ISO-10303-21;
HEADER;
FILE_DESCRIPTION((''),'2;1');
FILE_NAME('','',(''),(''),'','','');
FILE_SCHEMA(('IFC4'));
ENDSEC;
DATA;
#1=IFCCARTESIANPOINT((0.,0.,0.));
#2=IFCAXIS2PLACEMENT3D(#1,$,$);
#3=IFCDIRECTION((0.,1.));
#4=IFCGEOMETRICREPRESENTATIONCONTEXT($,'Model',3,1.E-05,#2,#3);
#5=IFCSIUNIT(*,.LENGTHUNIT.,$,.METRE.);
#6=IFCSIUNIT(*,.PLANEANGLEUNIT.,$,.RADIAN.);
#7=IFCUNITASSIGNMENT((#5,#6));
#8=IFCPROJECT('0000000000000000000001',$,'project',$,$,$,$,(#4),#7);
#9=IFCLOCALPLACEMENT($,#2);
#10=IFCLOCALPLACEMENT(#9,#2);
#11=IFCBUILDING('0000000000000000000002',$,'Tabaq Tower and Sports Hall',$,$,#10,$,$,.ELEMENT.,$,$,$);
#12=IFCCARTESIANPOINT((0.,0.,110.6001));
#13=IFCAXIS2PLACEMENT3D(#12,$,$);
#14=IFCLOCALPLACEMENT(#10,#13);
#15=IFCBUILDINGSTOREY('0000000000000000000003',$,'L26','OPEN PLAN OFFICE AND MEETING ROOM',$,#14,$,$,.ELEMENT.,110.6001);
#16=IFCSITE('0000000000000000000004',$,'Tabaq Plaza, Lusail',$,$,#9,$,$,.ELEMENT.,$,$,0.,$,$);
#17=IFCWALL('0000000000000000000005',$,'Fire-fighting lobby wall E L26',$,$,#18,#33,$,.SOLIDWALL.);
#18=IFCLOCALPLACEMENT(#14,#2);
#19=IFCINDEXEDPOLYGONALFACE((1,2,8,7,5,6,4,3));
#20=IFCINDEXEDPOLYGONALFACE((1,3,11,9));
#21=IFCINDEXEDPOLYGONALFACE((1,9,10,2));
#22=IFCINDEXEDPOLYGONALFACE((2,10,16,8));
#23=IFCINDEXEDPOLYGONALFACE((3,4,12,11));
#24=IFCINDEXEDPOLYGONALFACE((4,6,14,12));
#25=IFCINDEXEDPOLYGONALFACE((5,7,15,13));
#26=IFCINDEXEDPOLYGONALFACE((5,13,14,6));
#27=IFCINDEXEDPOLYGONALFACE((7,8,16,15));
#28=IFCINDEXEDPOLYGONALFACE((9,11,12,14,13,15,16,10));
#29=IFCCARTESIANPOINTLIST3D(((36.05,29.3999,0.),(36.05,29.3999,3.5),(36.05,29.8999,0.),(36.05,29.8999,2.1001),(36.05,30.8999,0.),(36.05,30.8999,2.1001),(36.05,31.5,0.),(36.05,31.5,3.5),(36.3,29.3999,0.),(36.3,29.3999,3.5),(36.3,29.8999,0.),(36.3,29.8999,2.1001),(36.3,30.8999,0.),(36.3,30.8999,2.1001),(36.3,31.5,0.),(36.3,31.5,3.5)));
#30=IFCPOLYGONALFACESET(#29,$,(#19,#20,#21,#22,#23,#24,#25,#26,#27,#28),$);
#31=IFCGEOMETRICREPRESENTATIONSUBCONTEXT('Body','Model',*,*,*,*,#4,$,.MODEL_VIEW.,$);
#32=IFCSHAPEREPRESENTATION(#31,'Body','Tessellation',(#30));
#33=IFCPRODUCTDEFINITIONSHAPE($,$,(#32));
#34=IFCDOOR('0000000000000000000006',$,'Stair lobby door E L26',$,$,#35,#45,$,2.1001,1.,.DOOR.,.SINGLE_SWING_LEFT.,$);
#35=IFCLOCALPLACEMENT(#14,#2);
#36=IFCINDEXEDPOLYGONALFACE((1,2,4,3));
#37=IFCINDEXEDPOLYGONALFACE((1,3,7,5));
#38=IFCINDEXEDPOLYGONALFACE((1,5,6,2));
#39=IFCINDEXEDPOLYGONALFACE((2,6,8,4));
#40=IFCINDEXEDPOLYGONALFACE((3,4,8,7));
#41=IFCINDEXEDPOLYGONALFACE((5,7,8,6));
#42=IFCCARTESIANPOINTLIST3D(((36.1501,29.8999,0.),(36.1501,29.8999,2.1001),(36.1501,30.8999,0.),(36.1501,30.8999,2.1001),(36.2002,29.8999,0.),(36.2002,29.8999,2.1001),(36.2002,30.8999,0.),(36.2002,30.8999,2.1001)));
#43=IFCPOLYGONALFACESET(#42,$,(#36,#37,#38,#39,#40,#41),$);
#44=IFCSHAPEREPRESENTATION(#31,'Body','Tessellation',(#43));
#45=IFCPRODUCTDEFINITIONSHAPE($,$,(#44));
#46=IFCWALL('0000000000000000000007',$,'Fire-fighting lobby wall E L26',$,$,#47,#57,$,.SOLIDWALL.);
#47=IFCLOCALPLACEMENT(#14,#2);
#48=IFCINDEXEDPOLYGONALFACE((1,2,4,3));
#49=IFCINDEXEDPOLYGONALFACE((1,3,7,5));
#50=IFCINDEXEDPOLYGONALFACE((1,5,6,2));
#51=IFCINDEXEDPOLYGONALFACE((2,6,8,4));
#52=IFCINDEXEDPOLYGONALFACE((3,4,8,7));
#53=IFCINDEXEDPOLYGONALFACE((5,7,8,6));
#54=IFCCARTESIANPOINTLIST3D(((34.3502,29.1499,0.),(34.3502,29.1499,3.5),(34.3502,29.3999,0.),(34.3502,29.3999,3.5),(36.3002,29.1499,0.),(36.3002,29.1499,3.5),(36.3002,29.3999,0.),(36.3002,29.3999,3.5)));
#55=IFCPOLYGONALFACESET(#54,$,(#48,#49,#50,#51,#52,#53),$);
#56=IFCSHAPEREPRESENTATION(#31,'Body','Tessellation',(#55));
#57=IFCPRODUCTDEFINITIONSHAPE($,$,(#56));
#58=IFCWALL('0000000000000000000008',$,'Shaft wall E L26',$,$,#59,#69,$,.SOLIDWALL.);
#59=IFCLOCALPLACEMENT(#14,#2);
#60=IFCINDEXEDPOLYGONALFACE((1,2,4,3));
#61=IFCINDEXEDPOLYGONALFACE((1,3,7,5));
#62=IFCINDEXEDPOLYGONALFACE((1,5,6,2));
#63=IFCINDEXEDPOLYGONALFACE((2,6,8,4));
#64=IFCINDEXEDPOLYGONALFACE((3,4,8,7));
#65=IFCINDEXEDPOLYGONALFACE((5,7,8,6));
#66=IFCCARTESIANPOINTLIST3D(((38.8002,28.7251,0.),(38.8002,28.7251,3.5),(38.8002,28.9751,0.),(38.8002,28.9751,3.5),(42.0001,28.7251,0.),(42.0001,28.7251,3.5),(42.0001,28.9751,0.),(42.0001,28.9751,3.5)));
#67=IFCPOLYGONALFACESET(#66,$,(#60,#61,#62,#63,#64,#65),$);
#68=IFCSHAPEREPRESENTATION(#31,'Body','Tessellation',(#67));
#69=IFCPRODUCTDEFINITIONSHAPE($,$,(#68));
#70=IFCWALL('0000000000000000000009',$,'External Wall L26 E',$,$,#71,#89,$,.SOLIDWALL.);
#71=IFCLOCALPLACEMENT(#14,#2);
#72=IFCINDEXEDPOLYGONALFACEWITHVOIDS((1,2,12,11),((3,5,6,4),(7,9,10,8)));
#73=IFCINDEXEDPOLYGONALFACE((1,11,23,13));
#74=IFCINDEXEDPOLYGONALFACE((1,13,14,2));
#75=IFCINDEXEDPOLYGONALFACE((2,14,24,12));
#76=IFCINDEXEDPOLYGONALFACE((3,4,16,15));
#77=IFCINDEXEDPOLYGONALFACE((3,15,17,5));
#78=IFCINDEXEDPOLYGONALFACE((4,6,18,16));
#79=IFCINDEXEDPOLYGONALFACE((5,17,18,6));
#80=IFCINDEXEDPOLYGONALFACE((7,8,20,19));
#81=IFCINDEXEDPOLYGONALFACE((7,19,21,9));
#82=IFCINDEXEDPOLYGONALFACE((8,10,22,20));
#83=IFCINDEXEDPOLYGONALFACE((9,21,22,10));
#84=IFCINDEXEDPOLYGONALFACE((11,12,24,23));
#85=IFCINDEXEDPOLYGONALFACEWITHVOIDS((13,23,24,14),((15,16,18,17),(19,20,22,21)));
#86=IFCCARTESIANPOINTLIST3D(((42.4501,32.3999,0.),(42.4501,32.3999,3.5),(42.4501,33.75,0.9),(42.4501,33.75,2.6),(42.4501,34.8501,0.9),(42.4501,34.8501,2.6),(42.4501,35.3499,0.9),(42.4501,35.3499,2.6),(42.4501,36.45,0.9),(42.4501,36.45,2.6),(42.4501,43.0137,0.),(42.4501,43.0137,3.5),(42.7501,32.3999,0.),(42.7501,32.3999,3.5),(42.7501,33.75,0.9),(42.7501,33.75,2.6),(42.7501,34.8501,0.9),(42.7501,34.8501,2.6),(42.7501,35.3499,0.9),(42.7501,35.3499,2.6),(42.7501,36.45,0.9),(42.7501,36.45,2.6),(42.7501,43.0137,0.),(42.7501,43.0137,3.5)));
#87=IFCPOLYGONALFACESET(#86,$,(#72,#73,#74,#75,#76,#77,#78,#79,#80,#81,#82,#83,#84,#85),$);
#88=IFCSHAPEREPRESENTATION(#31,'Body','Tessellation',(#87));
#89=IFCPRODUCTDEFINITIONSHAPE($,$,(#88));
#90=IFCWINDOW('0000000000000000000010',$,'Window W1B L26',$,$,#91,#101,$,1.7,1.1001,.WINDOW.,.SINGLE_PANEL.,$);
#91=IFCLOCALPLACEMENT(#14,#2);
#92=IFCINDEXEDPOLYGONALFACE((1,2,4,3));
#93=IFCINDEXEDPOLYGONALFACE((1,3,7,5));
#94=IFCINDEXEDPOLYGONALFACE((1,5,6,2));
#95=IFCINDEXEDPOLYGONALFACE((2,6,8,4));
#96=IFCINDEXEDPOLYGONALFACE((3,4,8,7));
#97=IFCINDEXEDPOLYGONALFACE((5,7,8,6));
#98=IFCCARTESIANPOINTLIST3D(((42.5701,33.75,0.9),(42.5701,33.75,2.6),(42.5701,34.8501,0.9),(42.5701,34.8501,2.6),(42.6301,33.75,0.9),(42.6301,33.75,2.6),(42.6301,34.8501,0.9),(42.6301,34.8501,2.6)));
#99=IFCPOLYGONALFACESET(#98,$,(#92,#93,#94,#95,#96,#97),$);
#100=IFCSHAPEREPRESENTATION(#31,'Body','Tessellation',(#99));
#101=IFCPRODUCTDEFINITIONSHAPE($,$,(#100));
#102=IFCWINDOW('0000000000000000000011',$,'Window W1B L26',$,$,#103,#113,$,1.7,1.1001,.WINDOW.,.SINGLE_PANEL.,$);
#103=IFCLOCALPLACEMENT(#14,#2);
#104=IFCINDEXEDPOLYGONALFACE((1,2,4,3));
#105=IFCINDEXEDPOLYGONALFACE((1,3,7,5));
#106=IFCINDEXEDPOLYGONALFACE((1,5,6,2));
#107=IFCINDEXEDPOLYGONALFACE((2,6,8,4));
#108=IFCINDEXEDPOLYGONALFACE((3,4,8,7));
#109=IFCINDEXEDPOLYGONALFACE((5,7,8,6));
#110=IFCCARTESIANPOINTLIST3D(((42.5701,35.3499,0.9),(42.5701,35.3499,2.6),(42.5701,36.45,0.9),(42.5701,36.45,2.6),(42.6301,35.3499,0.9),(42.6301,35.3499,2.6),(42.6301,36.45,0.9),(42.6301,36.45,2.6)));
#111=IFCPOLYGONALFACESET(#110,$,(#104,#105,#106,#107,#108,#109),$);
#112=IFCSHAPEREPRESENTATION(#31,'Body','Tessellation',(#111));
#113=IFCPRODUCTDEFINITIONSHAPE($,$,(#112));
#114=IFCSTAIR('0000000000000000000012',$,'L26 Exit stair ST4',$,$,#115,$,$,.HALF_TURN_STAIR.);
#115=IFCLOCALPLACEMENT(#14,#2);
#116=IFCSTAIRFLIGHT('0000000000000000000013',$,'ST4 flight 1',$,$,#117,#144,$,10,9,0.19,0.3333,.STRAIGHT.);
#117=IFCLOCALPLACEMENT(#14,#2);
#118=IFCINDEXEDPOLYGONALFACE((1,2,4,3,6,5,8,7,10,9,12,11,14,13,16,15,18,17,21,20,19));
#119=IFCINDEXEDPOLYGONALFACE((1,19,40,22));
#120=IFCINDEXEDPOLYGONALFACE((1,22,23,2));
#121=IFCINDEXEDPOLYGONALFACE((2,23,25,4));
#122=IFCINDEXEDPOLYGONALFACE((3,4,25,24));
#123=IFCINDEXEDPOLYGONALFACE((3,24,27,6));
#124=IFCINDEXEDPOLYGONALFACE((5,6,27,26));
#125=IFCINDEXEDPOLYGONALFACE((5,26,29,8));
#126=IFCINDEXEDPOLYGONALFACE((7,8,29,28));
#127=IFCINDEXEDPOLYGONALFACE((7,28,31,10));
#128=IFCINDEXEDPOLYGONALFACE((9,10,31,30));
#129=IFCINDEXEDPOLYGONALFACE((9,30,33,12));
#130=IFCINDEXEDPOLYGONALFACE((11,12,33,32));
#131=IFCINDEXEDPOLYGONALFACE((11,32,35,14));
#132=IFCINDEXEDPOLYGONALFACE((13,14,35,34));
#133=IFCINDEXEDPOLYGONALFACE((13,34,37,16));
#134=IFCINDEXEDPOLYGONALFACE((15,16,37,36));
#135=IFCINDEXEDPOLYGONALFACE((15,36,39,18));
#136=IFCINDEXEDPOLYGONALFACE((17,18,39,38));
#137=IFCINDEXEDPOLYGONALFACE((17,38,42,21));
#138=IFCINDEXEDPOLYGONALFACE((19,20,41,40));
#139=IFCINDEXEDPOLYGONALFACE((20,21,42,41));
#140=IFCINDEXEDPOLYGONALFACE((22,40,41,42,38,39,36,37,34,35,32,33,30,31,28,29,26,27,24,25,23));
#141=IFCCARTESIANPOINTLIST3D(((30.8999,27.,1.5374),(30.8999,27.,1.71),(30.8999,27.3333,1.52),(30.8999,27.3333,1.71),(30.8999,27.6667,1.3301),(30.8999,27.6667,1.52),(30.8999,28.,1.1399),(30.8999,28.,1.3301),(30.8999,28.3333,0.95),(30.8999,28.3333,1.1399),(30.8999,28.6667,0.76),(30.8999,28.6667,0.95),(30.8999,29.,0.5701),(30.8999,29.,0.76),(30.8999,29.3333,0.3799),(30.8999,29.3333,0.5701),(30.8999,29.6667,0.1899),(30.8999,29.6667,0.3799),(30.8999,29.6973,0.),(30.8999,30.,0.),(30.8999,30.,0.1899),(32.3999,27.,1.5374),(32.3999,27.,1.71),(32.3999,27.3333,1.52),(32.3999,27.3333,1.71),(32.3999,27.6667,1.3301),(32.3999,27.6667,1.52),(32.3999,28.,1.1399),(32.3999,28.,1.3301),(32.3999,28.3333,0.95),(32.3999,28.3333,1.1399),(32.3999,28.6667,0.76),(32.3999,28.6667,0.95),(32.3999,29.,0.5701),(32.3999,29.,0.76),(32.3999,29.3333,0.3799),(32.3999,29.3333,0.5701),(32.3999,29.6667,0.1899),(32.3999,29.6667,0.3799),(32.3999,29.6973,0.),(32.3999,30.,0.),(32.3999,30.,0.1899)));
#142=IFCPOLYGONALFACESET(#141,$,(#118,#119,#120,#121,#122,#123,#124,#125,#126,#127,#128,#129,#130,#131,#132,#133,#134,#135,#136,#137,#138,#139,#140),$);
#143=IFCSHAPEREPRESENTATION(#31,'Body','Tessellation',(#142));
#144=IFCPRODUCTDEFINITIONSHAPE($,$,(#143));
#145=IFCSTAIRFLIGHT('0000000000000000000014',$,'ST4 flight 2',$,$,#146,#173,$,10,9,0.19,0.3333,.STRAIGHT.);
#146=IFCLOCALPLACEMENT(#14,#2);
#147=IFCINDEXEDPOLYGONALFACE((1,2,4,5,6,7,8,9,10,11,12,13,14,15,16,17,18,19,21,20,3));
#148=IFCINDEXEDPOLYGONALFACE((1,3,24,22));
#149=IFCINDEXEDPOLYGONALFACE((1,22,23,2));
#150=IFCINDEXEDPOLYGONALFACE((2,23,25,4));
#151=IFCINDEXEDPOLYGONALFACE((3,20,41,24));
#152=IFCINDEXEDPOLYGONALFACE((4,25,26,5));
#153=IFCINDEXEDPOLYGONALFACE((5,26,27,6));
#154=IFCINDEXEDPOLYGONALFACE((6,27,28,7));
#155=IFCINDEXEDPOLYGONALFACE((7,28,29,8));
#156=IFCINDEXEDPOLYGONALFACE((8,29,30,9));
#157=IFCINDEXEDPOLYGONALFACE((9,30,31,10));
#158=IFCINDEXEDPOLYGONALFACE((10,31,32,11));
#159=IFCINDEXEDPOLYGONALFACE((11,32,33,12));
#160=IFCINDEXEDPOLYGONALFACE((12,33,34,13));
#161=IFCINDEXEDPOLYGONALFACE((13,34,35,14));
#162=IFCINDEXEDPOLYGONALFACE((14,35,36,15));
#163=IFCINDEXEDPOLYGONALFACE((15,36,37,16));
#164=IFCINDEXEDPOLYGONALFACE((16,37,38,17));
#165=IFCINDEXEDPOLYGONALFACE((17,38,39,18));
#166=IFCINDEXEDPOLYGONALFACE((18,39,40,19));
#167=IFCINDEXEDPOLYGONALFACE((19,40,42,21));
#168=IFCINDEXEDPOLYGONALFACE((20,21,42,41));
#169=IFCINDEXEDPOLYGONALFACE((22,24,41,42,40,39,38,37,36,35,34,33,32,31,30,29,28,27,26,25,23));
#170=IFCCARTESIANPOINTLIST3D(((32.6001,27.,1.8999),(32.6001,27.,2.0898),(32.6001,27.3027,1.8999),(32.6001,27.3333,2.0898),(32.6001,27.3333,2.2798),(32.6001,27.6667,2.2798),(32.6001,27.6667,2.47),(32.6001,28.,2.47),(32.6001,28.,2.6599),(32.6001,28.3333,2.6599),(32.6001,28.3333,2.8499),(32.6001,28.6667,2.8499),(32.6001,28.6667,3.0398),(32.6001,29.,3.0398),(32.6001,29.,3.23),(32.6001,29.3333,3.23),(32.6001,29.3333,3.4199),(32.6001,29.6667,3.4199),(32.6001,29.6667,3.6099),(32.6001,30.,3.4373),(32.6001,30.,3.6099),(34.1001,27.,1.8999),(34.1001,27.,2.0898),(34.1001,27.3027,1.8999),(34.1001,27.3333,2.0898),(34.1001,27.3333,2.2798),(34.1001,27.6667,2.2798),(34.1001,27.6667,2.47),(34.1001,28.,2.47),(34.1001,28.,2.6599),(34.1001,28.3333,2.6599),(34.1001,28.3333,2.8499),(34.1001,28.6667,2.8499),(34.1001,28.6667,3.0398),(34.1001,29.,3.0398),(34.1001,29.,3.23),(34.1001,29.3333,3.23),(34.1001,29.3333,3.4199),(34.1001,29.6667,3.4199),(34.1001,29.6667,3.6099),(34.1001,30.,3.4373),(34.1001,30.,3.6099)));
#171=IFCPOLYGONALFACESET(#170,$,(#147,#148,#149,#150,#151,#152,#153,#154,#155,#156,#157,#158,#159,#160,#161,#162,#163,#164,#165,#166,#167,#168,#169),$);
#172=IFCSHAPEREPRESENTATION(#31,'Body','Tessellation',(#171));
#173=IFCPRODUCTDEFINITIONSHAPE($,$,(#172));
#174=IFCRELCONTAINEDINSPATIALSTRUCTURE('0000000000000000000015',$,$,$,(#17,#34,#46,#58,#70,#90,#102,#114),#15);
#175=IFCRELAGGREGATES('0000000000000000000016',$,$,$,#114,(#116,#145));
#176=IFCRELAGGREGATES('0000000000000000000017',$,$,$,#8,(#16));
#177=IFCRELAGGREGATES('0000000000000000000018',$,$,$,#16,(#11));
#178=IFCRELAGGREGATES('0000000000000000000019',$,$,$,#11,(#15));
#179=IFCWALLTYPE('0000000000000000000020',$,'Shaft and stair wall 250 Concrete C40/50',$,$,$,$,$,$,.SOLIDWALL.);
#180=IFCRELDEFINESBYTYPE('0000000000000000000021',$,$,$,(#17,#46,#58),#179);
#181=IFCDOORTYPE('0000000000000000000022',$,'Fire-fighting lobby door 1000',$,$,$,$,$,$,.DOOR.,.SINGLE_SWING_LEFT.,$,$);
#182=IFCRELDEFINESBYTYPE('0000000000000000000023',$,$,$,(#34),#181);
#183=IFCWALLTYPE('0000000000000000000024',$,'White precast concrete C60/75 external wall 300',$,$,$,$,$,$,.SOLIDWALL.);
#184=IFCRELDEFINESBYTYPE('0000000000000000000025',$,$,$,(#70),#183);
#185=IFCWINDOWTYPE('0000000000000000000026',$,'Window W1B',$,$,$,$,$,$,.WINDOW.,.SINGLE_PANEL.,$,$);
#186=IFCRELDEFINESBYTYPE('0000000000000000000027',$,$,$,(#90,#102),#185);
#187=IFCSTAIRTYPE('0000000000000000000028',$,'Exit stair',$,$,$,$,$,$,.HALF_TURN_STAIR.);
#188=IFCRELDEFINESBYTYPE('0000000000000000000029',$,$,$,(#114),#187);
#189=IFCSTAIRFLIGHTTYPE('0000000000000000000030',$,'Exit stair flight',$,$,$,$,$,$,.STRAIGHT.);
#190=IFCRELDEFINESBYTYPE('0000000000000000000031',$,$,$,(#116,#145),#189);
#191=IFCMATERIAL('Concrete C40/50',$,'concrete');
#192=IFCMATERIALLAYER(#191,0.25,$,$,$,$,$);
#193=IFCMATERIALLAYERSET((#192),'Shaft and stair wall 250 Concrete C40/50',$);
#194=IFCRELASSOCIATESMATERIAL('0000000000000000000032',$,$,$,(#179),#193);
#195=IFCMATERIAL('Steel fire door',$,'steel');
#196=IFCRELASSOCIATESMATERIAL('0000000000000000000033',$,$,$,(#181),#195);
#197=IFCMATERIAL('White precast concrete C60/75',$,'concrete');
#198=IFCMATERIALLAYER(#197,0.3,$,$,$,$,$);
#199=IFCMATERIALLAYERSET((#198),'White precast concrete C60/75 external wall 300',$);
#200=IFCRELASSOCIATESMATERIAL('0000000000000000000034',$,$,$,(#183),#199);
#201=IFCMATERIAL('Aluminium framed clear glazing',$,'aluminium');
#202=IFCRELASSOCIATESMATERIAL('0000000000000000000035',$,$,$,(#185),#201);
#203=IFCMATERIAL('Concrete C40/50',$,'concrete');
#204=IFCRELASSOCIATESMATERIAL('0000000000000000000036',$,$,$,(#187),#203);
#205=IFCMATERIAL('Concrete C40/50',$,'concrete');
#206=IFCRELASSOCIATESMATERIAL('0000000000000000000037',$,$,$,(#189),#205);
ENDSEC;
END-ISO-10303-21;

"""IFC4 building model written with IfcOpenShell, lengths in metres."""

from ifc_helpers import new_model, si_unit, direction, frame, frame_2d, origin, place, context, subcontext, project, spatial, polyline, rectangle, outline, extrude, material, layer, layer_set, type_object, element, fill, aggregate, save


model = new_model("IFC4")

# Units and contexts
model_context = context("Model", 3, precision=1e-05, world=origin(), true_north=direction((0.0, 1.0)))
body_context = subcontext(model_context, "Body", "Model", "MODEL_VIEW")
ifc_project = project(units=[si_unit("LENGTHUNIT", "METRE"), si_unit("PLANEANGLEUNIT", "RADIAN")], contexts=[model_context])

# Site, building, storey
site_placement = place(None, origin())
site = spatial("IfcSite", under=ifc_project, at=site_placement, Name="Tabaq Plaza, Lusail", CompositionType="ELEMENT", RefElevation=0.0)
building_placement = place(site_placement, origin())
building = spatial("IfcBuilding", under=site, at=building_placement, Name="Tabaq Tower and Sports Hall", CompositionType="ELEMENT")
storey_placement = place(building_placement, frame((0.0, 0.0, 110.6001)))
storey = spatial("IfcBuildingStorey", under=building, at=storey_placement, Name="L26", Description="OPEN PLAN OFFICE AND MEETING ROOM", CompositionType="ELEMENT", Elevation=110.6001)

# Shared definitions
ifc_material_1 = material(Name="Concrete C40/50", Category="concrete")
ifc_layer_1 = layer(ifc_material_1, 0.25)
ifc_layer_set_1 = layer_set([ifc_layer_1], Name="Shaft and stair wall 250 Concrete C40/50")
wall_type_1 = type_object("IfcWallType", Name="Shaft and stair wall 250 Concrete C40/50", PredefinedType="SOLIDWALL", material=ifc_layer_set_1)

# Wall, opening, door
wall_1_placement = place(storey_placement, frame((36.175, 29.3999, 0.0), z_axis=(0.0, 0.0, 1.0), x_axis=(0.0, 1.0, 0.0)))
wall_1 = element("IfcWall", 1, at=wall_1_placement, inside=storey, type_object=wall_type_1, Name="Fire-fighting lobby wall E L26", PredefinedType="SOLIDWALL", context=body_context, shape_type="SweptSolid", body=[
    extrude(rectangle(XDim=2.1001, YDim=0.25, at=frame_2d((1.05, 0.0))), origin(), (0.0, 0.0, 1.0), 3.5),
])
opening_1_placement = place(wall_1_placement, frame((0.5, 0.0, 0.0)))
opening_1 = element("IfcOpeningElement", 2, at=opening_1_placement, cuts=wall_1, PredefinedType="OPENING", context=body_context, shape_type="SweptSolid", body=[
    extrude(rectangle(XDim=1.0, YDim=2.1001, at=frame_2d((0.5, 1.05))), frame((0.0, 0.125, 0.0), z_axis=(0.0, -1.0, 0.0), x_axis=(1.0, 0.0, 0.0)), (0.0, 0.0, 1.0), 0.25),
])
ifc_material_2 = material(Name="Steel fire door", Category="steel")
door_type_1 = type_object("IfcDoorType", Name="Fire-fighting lobby door 1000", OperationType="SINGLE_SWING_LEFT", PredefinedType="DOOR", material=ifc_material_2)
door_1_placement = place(opening_1_placement, origin())
door_1 = element("IfcDoor", 3, at=door_1_placement, inside=storey, type_object=door_type_1, Name="Stair lobby door E L26", OperationType="SINGLE_SWING_LEFT", OverallHeight=2.1001, OverallWidth=1.0, PredefinedType="DOOR", context=body_context, shape_type="SweptSolid", body=[
    extrude(rectangle(XDim=1.0, YDim=2.1001, at=frame_2d((0.5, 1.05))), frame((0.0, 0.0249, 0.0), z_axis=(0.0, -1.0, 0.0), x_axis=(1.0, 0.0, 0.0)), (0.0, 0.0, 1.0), 0.05),
])
fill(opening_1, door_1)

# Walls
wall_2_placement = place(storey_placement, frame((34.3501, 29.2749, 0.0), z_axis=(0.0, 0.0, 1.0), x_axis=(1.0, 0.0, 0.0)))
element("IfcWall", 4, at=wall_2_placement, inside=storey, type_object=wall_type_1, Name="Fire-fighting lobby wall E L26", PredefinedType="SOLIDWALL", context=body_context, shape_type="SweptSolid", body=[
    extrude(rectangle(XDim=1.95, YDim=0.25, at=frame_2d((0.9751, 0.0))), origin(), (0.0, 0.0, 1.0), 3.5),
])
wall_3_placement = place(storey_placement, frame((38.8, 28.8501, 0.0), z_axis=(0.0, 0.0, 1.0), x_axis=(1.0, 0.0, 0.0)))
element("IfcWall", 5, at=wall_3_placement, inside=storey, type_object=wall_type_1, Name="Shaft wall E L26", PredefinedType="SOLIDWALL", context=body_context, shape_type="SweptSolid", body=[
    extrude(rectangle(XDim=3.2, YDim=0.25, at=frame_2d((1.6001, 0.0))), origin(), (0.0, 0.0, 1.0), 3.5),
])

# Wall, openings, windows
ifc_material_3 = material(Name="White precast concrete C60/75", Category="concrete")
ifc_layer_2 = layer(ifc_material_3, 0.3)
ifc_layer_set_2 = layer_set([ifc_layer_2], Name="White precast concrete C60/75 external wall 300")
wall_type_2 = type_object("IfcWallType", Name="White precast concrete C60/75 external wall 300", PredefinedType="SOLIDWALL", material=ifc_layer_set_2)
wall_4_placement = place(storey_placement, frame((42.6001, 32.3999, 0.0), z_axis=(0.0, 0.0, 1.0), x_axis=(0.0, 1.0, 0.0)))
wall_4 = element("IfcWall", 6, at=wall_4_placement, inside=storey, type_object=wall_type_2, Name="External Wall L26 E", PredefinedType="SOLIDWALL", context=body_context, shape_type="SweptSolid", body=[
    extrude(rectangle(XDim=10.6138, YDim=0.3, at=frame_2d((5.3069, 0.0))), origin(), (0.0, 0.0, 1.0), 3.5),
])
opening_2_placement = place(wall_4_placement, frame((1.3501, 0.0, 0.8999)))
opening_2 = element("IfcOpeningElement", 7, at=opening_2_placement, cuts=wall_4, PredefinedType="OPENING", context=body_context, shape_type="SweptSolid", body=[
    extrude(rectangle(XDim=1.1001, YDim=1.7, at=frame_2d((0.55, 0.8501))), frame((0.0, 0.1602, 0.0), z_axis=(0.0, -1.0, 0.0), x_axis=(1.0, 0.0, 0.0)), (0.0, 0.0, 1.0), 0.3201),
])
opening_3_placement = place(wall_4_placement, frame((2.95, 0.0, 0.8999)))
opening_3 = element("IfcOpeningElement", 8, at=opening_3_placement, cuts=wall_4, PredefinedType="OPENING", context=body_context, shape_type="SweptSolid", body=[
    extrude(rectangle(XDim=1.1001, YDim=1.7, at=frame_2d((0.55, 0.8501))), frame((0.0, 0.1602, 0.0), z_axis=(0.0, -1.0, 0.0), x_axis=(1.0, 0.0, 0.0)), (0.0, 0.0, 1.0), 0.3201),
])
ifc_material_4 = material(Name="Aluminium framed clear glazing", Category="aluminium")
window_type = type_object("IfcWindowType", Name="Window W1B", PartitioningType="SINGLE_PANEL", PredefinedType="WINDOW", material=ifc_material_4)
window_1_placement = place(opening_2_placement, origin())
window_1 = element("IfcWindow", 9, at=window_1_placement, inside=storey, type_object=window_type, Name="Window W1B L26", OverallHeight=1.7, OverallWidth=1.1001, PartitioningType="SINGLE_PANEL", PredefinedType="WINDOW", context=body_context, shape_type="SweptSolid", body=[
    extrude(rectangle(XDim=1.1001, YDim=1.7, at=frame_2d((0.55, 0.8501))), frame((0.0, 0.03, 0.0), z_axis=(0.0, -1.0, 0.0), x_axis=(1.0, 0.0, 0.0)), (0.0, 0.0, 1.0), 0.0601),
])
fill(opening_2, window_1)
window_2_placement = place(opening_3_placement, origin())
window_2 = element("IfcWindow", 10, at=window_2_placement, inside=storey, type_object=window_type, Name="Window W1B L26", OverallHeight=1.7, OverallWidth=1.1001, PartitioningType="SINGLE_PANEL", PredefinedType="WINDOW", context=body_context, shape_type="SweptSolid", body=[
    extrude(rectangle(XDim=1.1001, YDim=1.7, at=frame_2d((0.55, 0.8501))), frame((0.0, 0.03, 0.0), z_axis=(0.0, -1.0, 0.0), x_axis=(1.0, 0.0, 0.0)), (0.0, 0.0, 1.0), 0.0601),
])
fill(opening_3, window_2)

# Stair, stair flights
ifc_material_5 = material(Name="Concrete C40/50", Category="concrete")
stair_type = type_object("IfcStairType", Name="Exit stair", PredefinedType="HALF_TURN_STAIR", material=ifc_material_5)
stair_placement = place(storey_placement, origin())
stair = element("IfcStair", 11, at=stair_placement, inside=storey, type_object=stair_type, Name="L26 Exit stair ST4", PredefinedType="HALF_TURN_STAIR")
ifc_material_6 = material(Name="Concrete C40/50", Category="concrete")
stair_flight_type = type_object("IfcStairFlightType", Name="Exit stair flight", PredefinedType="STRAIGHT", material=ifc_material_6)
stair_flight_1_placement = place(storey_placement, frame((31.6499, 30.0, 0.0), z_axis=(0.0, 0.0, 1.0), x_axis=(0.0, -1.0, 0.0)))
stair_flight_1 = element("IfcStairFlight", 12, at=stair_flight_1_placement, type_object=stair_flight_type, Name="ST4 flight 1", NumberOfRisers=10, NumberOfTreads=9, PredefinedType="STRAIGHT", RiserHeight=0.19, TreadLength=0.3333, context=body_context, shape_type="SweptSolid", body=[
    extrude(outline(polyline([(0.0, 0.0), (0.0, 0.1899), (0.3333, 0.1899), (0.3333, 0.3799), (0.6667, 0.3799), (0.6667, 0.5701), (1.0, 0.5701), (1.0, 0.76), (1.3333, 0.76), (1.3333, 0.95), (1.6667, 0.95), (1.6667, 1.1399), (2.0, 1.1399), (2.0, 1.3301), (2.3333, 1.3301), (2.3333, 1.52), (2.6667, 1.52), (2.6667, 1.71), (3.0, 1.71), (3.0, 1.8999), (3.0, 1.5374), (0.3027, 0.0), (0.0, 0.0)])), frame((0.0, 0.75, 0.0), z_axis=(0.0, -1.0, 0.0), x_axis=(1.0, 0.0, 0.0)), (0.0, 0.0, 1.0), 1.5),
])
stair_flight_2_placement = place(storey_placement, frame((33.3501, 27.0, 1.8999), z_axis=(0.0, 0.0, 1.0), x_axis=(0.0, 1.0, 0.0)))
stair_flight_2 = element("IfcStairFlight", 13, at=stair_flight_2_placement, type_object=stair_flight_type, Name="ST4 flight 2", NumberOfRisers=10, NumberOfTreads=9, PredefinedType="STRAIGHT", RiserHeight=0.19, TreadLength=0.3333, context=body_context, shape_type="SweptSolid", body=[
    extrude(outline(polyline([(0.0, 0.0), (0.0, 0.1899), (0.3333, 0.1899), (0.3333, 0.3799), (0.6667, 0.3799), (0.6667, 0.5701), (1.0, 0.5701), (1.0, 0.76), (1.3333, 0.76), (1.3333, 0.95), (1.6667, 0.95), (1.6667, 1.1399), (2.0, 1.1399), (2.0, 1.3301), (2.3333, 1.3301), (2.3333, 1.52), (2.6667, 1.52), (2.6667, 1.71), (3.0, 1.71), (3.0, 1.8999), (3.0, 1.5374), (0.3027, 0.0), (0.0, 0.0)])), frame((0.0, 0.75, 0.0), z_axis=(0.0, -1.0, 0.0), x_axis=(1.0, 0.0, 0.0)), (0.0, 0.0, 1.0), 1.5),
])
aggregate(stair, [stair_flight_1, stair_flight_2])

save(model, "model.ifc")
